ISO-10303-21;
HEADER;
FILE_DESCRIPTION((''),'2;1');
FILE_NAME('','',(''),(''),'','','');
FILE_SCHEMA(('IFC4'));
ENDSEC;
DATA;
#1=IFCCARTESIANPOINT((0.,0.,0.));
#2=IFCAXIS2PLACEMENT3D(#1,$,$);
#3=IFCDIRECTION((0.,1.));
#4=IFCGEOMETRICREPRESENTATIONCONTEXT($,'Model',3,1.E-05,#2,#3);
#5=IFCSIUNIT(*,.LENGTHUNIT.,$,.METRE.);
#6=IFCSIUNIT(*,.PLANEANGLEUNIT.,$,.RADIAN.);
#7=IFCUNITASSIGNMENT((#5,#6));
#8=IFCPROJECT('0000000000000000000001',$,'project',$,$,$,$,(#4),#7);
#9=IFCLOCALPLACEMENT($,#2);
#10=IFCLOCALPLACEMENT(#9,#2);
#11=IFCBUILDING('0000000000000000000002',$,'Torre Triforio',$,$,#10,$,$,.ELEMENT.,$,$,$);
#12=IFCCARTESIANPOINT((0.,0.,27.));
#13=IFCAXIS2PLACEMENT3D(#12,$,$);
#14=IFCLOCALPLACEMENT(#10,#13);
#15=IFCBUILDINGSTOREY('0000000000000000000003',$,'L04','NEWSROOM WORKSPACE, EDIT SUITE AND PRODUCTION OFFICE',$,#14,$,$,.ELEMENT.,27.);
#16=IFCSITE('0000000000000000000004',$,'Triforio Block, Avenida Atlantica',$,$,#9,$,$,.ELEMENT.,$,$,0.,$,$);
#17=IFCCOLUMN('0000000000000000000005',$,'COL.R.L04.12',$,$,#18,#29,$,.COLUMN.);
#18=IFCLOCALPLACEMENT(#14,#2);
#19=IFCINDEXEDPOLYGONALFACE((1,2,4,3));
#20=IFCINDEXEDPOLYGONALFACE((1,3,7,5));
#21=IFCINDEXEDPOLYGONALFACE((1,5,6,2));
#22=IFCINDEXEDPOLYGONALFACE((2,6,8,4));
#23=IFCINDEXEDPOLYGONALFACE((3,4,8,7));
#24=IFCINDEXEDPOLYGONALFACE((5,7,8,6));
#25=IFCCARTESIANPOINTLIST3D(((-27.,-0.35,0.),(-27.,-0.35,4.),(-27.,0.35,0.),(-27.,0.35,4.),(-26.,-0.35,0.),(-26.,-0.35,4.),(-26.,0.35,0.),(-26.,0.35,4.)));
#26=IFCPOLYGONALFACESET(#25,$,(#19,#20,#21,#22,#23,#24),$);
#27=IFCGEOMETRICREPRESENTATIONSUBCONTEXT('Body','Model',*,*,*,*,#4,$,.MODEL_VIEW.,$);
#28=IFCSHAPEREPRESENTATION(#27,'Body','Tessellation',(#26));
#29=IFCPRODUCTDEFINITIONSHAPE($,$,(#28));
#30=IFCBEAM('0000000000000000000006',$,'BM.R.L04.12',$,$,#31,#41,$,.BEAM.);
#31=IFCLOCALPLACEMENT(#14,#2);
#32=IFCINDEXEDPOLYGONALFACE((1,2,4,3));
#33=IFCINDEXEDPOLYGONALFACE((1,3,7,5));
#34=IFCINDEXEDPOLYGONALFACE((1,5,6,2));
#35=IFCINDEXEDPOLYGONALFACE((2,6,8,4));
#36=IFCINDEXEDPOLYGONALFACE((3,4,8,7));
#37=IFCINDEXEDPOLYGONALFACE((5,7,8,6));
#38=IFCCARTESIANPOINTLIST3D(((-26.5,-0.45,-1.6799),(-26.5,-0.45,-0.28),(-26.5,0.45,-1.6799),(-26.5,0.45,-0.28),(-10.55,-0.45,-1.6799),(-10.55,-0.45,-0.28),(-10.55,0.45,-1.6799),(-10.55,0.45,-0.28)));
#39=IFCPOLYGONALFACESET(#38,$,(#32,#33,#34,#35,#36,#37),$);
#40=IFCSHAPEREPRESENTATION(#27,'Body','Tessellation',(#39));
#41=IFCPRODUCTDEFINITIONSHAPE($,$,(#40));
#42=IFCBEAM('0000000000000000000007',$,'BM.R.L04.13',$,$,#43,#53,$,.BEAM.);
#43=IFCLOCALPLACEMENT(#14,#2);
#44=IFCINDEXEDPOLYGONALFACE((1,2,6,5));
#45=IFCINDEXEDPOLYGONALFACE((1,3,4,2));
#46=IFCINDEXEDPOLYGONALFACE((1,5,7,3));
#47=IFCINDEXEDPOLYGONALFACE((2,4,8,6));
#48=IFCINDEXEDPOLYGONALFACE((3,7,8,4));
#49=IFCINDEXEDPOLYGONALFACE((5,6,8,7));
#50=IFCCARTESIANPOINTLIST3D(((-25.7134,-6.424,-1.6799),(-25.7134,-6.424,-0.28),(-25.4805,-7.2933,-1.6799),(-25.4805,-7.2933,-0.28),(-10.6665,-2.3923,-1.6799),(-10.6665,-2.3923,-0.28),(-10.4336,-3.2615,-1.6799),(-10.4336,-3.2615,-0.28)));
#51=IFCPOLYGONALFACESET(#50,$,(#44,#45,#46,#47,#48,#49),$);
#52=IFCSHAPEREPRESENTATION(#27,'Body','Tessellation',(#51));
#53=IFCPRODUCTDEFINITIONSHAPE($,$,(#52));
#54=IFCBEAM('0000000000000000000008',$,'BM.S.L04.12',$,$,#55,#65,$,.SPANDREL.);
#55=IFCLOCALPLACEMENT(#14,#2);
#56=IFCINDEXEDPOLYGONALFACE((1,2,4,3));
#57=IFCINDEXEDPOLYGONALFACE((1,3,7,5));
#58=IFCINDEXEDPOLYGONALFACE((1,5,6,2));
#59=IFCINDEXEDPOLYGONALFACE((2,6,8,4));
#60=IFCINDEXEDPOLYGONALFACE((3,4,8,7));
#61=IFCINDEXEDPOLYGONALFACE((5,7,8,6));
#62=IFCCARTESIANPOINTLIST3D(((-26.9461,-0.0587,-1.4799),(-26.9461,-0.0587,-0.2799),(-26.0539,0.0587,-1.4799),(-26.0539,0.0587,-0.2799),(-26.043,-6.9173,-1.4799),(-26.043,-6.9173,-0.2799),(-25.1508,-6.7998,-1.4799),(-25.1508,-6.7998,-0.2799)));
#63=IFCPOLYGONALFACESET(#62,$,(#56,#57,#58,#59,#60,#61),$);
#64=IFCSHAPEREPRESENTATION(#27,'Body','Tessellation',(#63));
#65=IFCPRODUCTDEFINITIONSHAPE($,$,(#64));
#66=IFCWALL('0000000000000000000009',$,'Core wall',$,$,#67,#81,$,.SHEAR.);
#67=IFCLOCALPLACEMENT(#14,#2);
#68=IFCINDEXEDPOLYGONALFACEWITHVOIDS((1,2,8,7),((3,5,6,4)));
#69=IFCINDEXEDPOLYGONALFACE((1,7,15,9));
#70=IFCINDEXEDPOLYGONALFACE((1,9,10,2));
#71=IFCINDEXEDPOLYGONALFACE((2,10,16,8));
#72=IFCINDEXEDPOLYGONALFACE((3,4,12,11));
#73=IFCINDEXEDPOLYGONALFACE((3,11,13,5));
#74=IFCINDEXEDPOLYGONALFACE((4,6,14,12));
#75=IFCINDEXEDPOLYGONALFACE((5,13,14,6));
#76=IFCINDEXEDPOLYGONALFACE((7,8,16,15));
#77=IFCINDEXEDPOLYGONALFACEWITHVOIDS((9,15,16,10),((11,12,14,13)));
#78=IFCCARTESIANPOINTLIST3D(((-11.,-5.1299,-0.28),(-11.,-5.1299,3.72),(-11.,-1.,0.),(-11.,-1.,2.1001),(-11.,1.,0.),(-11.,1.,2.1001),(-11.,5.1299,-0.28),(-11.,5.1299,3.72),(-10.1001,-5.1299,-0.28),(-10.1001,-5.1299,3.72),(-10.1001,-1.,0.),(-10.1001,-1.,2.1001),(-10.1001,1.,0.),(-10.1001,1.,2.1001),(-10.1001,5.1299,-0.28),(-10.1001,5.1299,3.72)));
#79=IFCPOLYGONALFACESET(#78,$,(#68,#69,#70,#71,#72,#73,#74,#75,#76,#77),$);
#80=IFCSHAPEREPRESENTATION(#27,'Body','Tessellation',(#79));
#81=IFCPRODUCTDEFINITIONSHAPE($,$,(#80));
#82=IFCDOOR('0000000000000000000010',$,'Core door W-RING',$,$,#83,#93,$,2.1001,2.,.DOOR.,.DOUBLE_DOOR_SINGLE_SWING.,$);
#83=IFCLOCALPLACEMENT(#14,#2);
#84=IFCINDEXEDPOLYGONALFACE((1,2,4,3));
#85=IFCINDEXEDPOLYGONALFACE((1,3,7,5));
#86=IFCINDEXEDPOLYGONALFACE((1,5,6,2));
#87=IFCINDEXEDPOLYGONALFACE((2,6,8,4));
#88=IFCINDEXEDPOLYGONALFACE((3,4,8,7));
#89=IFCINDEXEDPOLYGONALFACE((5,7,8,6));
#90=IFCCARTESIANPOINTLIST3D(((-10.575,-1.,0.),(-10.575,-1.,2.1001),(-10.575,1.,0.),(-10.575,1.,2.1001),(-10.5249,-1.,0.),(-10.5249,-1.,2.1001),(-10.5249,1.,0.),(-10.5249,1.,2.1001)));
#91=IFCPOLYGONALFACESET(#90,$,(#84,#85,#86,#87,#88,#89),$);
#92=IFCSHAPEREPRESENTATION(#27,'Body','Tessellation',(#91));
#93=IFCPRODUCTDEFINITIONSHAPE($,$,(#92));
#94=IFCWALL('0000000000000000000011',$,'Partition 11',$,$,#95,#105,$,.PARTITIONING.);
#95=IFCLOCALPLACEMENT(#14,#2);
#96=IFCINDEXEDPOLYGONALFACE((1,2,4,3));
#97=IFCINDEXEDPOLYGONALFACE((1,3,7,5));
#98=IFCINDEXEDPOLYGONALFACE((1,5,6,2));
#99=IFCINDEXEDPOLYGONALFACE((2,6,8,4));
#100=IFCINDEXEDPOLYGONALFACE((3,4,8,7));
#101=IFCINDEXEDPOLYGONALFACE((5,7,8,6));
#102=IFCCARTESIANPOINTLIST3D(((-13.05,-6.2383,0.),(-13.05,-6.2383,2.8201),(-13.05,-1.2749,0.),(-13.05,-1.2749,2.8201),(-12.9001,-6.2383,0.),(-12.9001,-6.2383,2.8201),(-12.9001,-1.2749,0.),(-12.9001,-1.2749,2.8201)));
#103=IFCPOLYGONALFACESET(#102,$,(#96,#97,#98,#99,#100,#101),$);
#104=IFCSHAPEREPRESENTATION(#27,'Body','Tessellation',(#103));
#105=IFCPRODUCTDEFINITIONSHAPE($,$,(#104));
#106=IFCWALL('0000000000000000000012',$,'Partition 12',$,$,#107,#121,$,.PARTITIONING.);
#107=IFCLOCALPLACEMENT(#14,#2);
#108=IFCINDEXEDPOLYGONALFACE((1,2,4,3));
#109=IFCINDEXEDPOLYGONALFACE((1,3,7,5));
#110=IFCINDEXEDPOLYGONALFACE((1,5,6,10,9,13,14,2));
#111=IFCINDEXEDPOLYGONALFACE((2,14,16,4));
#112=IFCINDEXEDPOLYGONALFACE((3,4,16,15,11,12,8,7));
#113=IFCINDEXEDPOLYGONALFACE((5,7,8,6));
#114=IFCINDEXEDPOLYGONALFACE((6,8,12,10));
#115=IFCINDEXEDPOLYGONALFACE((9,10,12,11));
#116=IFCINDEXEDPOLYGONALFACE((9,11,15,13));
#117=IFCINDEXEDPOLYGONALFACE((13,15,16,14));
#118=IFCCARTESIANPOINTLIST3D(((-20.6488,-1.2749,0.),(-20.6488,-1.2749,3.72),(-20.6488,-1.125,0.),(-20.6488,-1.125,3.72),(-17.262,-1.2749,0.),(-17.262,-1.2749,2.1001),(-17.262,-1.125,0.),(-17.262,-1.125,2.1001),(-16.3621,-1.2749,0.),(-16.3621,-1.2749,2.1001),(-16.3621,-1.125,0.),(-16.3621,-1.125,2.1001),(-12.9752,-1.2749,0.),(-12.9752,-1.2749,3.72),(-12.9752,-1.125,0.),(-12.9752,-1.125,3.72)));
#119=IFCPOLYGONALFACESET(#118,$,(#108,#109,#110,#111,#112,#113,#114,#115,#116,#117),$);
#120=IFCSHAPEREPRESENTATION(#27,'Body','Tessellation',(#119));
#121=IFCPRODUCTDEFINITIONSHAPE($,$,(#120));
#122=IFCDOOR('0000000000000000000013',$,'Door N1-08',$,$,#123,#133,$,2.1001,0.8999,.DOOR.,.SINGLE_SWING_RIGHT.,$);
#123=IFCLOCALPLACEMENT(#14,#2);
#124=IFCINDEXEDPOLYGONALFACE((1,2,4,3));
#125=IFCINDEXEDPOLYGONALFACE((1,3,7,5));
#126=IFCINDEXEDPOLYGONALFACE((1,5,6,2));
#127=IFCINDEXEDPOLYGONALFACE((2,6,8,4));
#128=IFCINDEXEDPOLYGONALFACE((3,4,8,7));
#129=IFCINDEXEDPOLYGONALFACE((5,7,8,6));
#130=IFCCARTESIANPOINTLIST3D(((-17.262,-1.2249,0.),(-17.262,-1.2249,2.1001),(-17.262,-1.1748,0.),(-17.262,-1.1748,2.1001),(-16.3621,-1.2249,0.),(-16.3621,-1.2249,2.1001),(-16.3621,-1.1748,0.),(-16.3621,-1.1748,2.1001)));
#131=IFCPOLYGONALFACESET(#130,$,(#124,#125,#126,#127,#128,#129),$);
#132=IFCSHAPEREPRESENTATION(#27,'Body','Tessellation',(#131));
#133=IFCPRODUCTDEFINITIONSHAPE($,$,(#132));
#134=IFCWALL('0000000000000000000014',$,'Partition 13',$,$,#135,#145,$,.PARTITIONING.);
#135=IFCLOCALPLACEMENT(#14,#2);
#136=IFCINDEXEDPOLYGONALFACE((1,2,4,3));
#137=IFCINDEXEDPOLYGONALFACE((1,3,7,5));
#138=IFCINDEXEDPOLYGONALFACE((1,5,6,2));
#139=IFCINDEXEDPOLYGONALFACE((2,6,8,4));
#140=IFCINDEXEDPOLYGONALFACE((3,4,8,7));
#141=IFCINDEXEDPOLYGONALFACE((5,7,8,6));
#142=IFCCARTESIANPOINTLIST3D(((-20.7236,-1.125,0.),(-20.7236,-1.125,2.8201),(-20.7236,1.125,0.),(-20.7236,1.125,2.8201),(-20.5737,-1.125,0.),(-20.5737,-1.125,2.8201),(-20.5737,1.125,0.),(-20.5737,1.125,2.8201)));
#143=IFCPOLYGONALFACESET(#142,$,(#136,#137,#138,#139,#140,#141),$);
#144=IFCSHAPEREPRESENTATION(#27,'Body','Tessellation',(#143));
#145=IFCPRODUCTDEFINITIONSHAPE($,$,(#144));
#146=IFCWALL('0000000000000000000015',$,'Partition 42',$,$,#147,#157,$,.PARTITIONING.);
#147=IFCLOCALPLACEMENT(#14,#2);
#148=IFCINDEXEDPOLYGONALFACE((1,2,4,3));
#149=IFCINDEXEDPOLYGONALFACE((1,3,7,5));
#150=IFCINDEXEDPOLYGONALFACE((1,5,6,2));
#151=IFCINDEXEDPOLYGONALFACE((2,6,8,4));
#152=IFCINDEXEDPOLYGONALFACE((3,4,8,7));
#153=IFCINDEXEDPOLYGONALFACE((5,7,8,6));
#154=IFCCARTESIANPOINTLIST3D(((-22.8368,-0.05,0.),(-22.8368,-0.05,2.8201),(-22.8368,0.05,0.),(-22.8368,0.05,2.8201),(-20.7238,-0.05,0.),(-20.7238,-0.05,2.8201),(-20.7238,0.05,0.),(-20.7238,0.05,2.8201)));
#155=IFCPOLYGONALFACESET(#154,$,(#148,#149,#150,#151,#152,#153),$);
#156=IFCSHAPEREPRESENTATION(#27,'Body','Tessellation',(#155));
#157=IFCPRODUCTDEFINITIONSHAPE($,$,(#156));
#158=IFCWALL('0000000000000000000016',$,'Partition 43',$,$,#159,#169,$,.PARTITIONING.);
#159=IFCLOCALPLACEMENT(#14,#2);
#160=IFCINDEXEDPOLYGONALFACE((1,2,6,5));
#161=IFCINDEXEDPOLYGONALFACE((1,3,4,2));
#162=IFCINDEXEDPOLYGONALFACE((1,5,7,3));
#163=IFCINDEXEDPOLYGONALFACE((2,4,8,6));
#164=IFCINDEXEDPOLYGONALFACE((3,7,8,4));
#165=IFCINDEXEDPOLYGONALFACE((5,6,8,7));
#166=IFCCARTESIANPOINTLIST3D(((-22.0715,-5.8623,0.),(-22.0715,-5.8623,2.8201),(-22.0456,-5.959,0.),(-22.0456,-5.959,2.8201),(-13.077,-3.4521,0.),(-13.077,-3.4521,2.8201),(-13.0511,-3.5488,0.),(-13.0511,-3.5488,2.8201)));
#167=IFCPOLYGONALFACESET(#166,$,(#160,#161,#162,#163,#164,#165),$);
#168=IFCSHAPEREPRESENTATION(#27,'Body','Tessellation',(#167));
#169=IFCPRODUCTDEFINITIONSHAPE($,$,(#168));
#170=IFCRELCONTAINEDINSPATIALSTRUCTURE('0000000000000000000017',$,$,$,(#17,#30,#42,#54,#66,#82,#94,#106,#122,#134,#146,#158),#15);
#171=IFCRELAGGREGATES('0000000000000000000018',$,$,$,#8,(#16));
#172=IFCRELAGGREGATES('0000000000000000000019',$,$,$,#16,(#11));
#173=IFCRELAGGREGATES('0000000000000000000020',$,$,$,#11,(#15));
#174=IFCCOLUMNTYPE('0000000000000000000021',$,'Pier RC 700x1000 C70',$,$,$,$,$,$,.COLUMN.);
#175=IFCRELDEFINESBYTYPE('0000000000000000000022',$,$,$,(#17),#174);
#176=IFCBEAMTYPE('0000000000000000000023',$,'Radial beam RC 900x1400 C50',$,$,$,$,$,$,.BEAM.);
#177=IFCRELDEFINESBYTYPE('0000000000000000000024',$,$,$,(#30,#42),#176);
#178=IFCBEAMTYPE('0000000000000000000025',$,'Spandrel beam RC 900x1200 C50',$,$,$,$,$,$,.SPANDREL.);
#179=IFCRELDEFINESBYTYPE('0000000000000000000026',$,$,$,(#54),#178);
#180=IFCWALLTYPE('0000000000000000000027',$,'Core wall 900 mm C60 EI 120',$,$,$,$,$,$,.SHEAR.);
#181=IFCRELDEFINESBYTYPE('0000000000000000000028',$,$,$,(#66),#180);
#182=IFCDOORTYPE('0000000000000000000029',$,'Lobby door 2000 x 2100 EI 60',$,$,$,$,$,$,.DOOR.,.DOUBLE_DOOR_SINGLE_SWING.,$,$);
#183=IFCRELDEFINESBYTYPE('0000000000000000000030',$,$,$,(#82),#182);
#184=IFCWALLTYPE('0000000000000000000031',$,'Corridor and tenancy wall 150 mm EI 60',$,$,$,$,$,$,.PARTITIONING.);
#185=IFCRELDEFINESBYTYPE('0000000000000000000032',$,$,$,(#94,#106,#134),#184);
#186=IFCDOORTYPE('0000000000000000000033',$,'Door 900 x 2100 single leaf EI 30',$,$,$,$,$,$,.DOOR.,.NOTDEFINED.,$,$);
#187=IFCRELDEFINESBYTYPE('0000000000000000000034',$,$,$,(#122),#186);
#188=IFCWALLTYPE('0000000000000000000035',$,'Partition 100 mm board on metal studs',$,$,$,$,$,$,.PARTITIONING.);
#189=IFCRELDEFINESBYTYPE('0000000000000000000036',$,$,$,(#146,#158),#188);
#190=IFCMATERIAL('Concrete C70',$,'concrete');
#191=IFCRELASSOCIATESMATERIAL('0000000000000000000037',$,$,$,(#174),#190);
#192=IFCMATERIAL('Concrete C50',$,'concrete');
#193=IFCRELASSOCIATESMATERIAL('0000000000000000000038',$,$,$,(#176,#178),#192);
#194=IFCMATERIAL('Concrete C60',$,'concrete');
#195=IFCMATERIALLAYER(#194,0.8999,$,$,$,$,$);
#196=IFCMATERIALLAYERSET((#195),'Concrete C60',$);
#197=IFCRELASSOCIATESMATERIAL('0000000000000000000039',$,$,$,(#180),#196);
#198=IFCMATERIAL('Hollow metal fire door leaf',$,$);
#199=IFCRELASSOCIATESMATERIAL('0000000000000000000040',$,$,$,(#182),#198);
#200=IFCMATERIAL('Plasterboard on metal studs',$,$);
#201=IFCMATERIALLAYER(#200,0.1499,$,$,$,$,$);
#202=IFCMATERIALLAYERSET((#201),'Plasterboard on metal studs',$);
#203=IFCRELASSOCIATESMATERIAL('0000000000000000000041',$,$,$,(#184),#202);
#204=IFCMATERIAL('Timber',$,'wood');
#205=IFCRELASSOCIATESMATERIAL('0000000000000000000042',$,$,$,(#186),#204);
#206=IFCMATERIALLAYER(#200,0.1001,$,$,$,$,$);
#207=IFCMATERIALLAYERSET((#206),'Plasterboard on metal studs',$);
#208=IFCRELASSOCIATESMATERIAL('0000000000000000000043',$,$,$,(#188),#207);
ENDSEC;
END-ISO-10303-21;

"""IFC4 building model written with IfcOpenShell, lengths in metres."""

from ifc_helpers import new_model, si_unit, direction, frame, frame_2d, origin, origin_2d, place, context, subcontext, project, spatial, rectangle, extrude, material, layer, layer_set, material_profile, profile_set, type_object, element, fill, save


model = new_model("IFC4")

# Units and contexts
model_context = context("Model", 3, precision=1e-05, world=origin(), true_north=direction((0.0, 1.0)))
body_context = subcontext(model_context, "Body", "Model", "MODEL_VIEW")
ifc_project = project(units=[si_unit("LENGTHUNIT", "METRE"), si_unit("PLANEANGLEUNIT", "RADIAN")], contexts=[model_context])

# Site, building, storey
site_placement = place(None, origin())
site = spatial("IfcSite", under=ifc_project, at=site_placement, Name="Triforio Block, Avenida Atlantica", CompositionType="ELEMENT", RefElevation=0.0)
building_placement = place(site_placement, origin())
building = spatial("IfcBuilding", under=site, at=building_placement, Name="Torre Triforio", CompositionType="ELEMENT")
storey_placement = place(building_placement, frame((0.0, 0.0, 27.0)))
storey = spatial("IfcBuildingStorey", under=building, at=storey_placement, Name="L04", Description="NEWSROOM WORKSPACE, EDIT SUITE AND PRODUCTION OFFICE", CompositionType="ELEMENT", Elevation=27.0)

# Column
ifc_material_1 = material(Name="Concrete C70", Category="concrete")
ifc_material_profile_1 = material_profile(ifc_material_1, rectangle(XDim=0.7, YDim=1.0, at=origin_2d()), Name="RC 700x1000")
ifc_profile_set_1 = profile_set([ifc_material_profile_1], Name="Concrete C70")
column_type = type_object("IfcColumnType", Name="Pier RC 700x1000 C70", PredefinedType="COLUMN", material=ifc_profile_set_1)
column_placement = place(storey_placement, frame((-26.5, 0.0, 0.0), z_axis=(0.0, 0.0, 1.0), x_axis=(0.0, -1.0, 0.0)))
element("IfcColumn", 1, at=column_placement, inside=storey, type_object=column_type, Name="COL.R.L04.12", PredefinedType="COLUMN", context=body_context, shape_type="SweptSolid", body=[
    extrude(rectangle(XDim=0.7, YDim=1.0, at=origin_2d()), origin(), (0.0, 0.0, 1.0), 4.0),
])

# Beams
ifc_material_2 = material(Name="Concrete C50", Category="concrete")
ifc_material_profile_2 = material_profile(ifc_material_2, rectangle(XDim=0.8999, YDim=1.3999, at=origin_2d()), Name="RC 900x1400")
ifc_profile_set_2 = profile_set([ifc_material_profile_2], Name="Concrete C50")
beam_type_1 = type_object("IfcBeamType", Name="Radial beam RC 900x1400 C50", PredefinedType="BEAM", material=ifc_profile_set_2)
beam_1_placement = place(storey_placement, frame((-10.55, 0.0, -0.98), z_axis=(-1.0, 0.0, 0.0), x_axis=(0.0, -1.0, 0.0)))
element("IfcBeam", 2, at=beam_1_placement, inside=storey, type_object=beam_type_1, Name="BM.R.L04.12", PredefinedType="BEAM", context=body_context, shape_type="SweptSolid", body=[
    extrude(rectangle(XDim=0.8999, YDim=1.3999, at=origin_2d()), origin(), (0.0, 0.0, 1.0), 15.95),
])
beam_2_placement = place(storey_placement, frame((-10.55, -2.8269, -0.98), z_axis=(-0.965927, -0.258815, 0.0), x_axis=(0.258815, -0.965927, 0.0)))
element("IfcBeam", 3, at=beam_2_placement, inside=storey, type_object=beam_type_1, Name="BM.R.L04.13", PredefinedType="BEAM", context=body_context, shape_type="SweptSolid", body=[
    extrude(rectangle(XDim=0.8999, YDim=1.3999, at=origin_2d()), origin(), (0.0, 0.0, 1.0), 15.5776),
])
ifc_material_profile_3 = material_profile(ifc_material_2, rectangle(XDim=0.8999, YDim=1.2, at=origin_2d()), Name="RC 900x1200")
ifc_profile_set_3 = profile_set([ifc_material_profile_3], Name="Concrete C50")
beam_type_2 = type_object("IfcBeamType", Name="Spandrel beam RC 900x1200 C50", PredefinedType="SPANDREL", material=ifc_profile_set_3)
beam_3_placement = place(storey_placement, frame((-26.5, 0.0, -0.8799), z_axis=(0.130543, -0.991443, 0.0), x_axis=(0.991443, 0.130543, 0.0)))
element("IfcBeam", 4, at=beam_3_placement, inside=storey, type_object=beam_type_2, Name="BM.S.L04.12", PredefinedType="SPANDREL", context=body_context, shape_type="SweptSolid", body=[
    extrude(rectangle(XDim=0.8999, YDim=1.2, at=origin_2d()), origin(), (0.0, 0.0, 1.0), 6.9177),
])

# Wall, opening, door
ifc_material_3 = material(Name="Concrete C60", Category="concrete")
ifc_layer_1 = layer(ifc_material_3, 0.8999)
ifc_layer_set_1 = layer_set([ifc_layer_1], Name="Concrete C60")
wall_type_1 = type_object("IfcWallType", Name="Core wall 900 mm C60 EI 120", PredefinedType="SHEAR", material=ifc_layer_set_1)
wall_1_placement = place(storey_placement, frame((-10.55, -5.1299, -0.28), z_axis=(0.0, 0.0, 1.0), x_axis=(0.0, 1.0, 0.0)))
wall_1 = element("IfcWall", 5, at=wall_1_placement, inside=storey, type_object=wall_type_1, Name="Core wall", PredefinedType="SHEAR", context=body_context, shape_type="SweptSolid", body=[
    extrude(rectangle(XDim=10.2598, YDim=0.8999, at=frame_2d((5.1299, 0.0))), origin(), (0.0, 0.0, 1.0), 4.0),
])
opening_1_placement = place(wall_1_placement, frame((4.1299, 0.0, 0.28)))
opening_1 = element("IfcOpeningElement", 6, at=opening_1_placement, cuts=wall_1, PredefinedType="OPENING", context=body_context, shape_type="SweptSolid", body=[
    extrude(rectangle(XDim=2.0, YDim=2.1001, at=frame_2d((1.0, 1.05))), frame((0.0, 0.46, 0.0), z_axis=(0.0, -1.0, 0.0), x_axis=(1.0, 0.0, 0.0)), (0.0, 0.0, 1.0), 0.9199),
])
ifc_material_4 = material(Name="Hollow metal fire door leaf")
door_type_1 = type_object("IfcDoorType", Name="Lobby door 2000 x 2100 EI 60", OperationType="DOUBLE_DOOR_SINGLE_SWING", PredefinedType="DOOR", material=ifc_material_4)
door_1_placement = place(opening_1_placement, origin())
door_1 = element("IfcDoor", 7, at=door_1_placement, inside=storey, type_object=door_type_1, Name="Core door W-RING", OperationType="DOUBLE_DOOR_SINGLE_SWING", OverallHeight=2.1001, OverallWidth=2.0, PredefinedType="DOOR", context=body_context, shape_type="SweptSolid", body=[
    extrude(rectangle(XDim=2.0, YDim=2.1001, at=frame_2d((1.0, 1.05))), frame((0.0, 0.0249, 0.0), z_axis=(0.0, -1.0, 0.0), x_axis=(1.0, 0.0, 0.0)), (0.0, 0.0, 1.0), 0.05),
])
fill(opening_1, door_1)

# Wall
ifc_material_5 = material(Name="Plasterboard on metal studs")
ifc_layer_2 = layer(ifc_material_5, 0.1499)
ifc_layer_set_2 = layer_set([ifc_layer_2], Name="Plasterboard on metal studs")
wall_type_2 = type_object("IfcWallType", Name="Corridor and tenancy wall 150 mm EI 60", PredefinedType="PARTITIONING", material=ifc_layer_set_2)
wall_2_placement = place(storey_placement, frame((-12.9751, -6.2383, 0.0), z_axis=(0.0, 0.0, 1.0), x_axis=(0.0, 1.0, 0.0)))
element("IfcWall", 8, at=wall_2_placement, inside=storey, type_object=wall_type_2, Name="Partition 11", PredefinedType="PARTITIONING", context=body_context, shape_type="SweptSolid", body=[
    extrude(rectangle(XDim=4.9634, YDim=0.1499, at=frame_2d((2.4817, 0.0))), origin(), (0.0, 0.0, 1.0), 2.8201),
])

# Wall, opening, door
wall_3_placement = place(storey_placement, frame((-12.9751, -1.2, 0.0), z_axis=(0.0, 0.0, 1.0), x_axis=(-1.0, 0.0, 0.0)))
wall_3 = element("IfcWall", 9, at=wall_3_placement, inside=storey, type_object=wall_type_2, Name="Partition 12", PredefinedType="PARTITIONING", context=body_context, shape_type="SweptSolid", body=[
    extrude(rectangle(XDim=7.6736, YDim=0.1499, at=frame_2d((3.8369, 0.0))), origin(), (0.0, 0.0, 1.0), 3.72),
])
opening_2_placement = place(wall_3_placement, frame((3.387, 0.0, 0.0)))
opening_2 = element("IfcOpeningElement", 10, at=opening_2_placement, cuts=wall_3, PredefinedType="OPENING", context=body_context, shape_type="SweptSolid", body=[
    extrude(rectangle(XDim=0.8999, YDim=2.1001, at=frame_2d((0.45, 1.05))), frame((0.0, 0.085, 0.0), z_axis=(0.0, -1.0, 0.0), x_axis=(1.0, 0.0, 0.0)), (0.0, 0.0, 1.0), 0.1699),
])
ifc_material_6 = material(Name="Timber", Category="wood")
door_type_2 = type_object("IfcDoorType", Name="Door 900 x 2100 single leaf EI 30", OperationType="NOTDEFINED", PredefinedType="DOOR", material=ifc_material_6)
door_2_placement = place(opening_2_placement, origin())
door_2 = element("IfcDoor", 11, at=door_2_placement, inside=storey, type_object=door_type_2, Name="Door N1-08", OperationType="SINGLE_SWING_RIGHT", OverallHeight=2.1001, OverallWidth=0.8999, PredefinedType="DOOR", context=body_context, shape_type="SweptSolid", body=[
    extrude(rectangle(XDim=0.8999, YDim=2.1001, at=frame_2d((0.45, 1.05))), frame((0.0, 0.0249, 0.0), z_axis=(0.0, -1.0, 0.0), x_axis=(1.0, 0.0, 0.0)), (0.0, 0.0, 1.0), 0.05),
])
fill(opening_2, door_2)

# Walls
wall_4_placement = place(storey_placement, frame((-20.6487, -1.125, 0.0), z_axis=(0.0, 0.0, 1.0), x_axis=(0.0, 1.0, 0.0)))
element("IfcWall", 12, at=wall_4_placement, inside=storey, type_object=wall_type_2, Name="Partition 13", PredefinedType="PARTITIONING", context=body_context, shape_type="SweptSolid", body=[
    extrude(rectangle(XDim=2.25, YDim=0.1499, at=frame_2d((1.125, 0.0))), origin(), (0.0, 0.0, 1.0), 2.8201),
])
ifc_layer_3 = layer(ifc_material_5, 0.1001)
ifc_layer_set_3 = layer_set([ifc_layer_3], Name="Plasterboard on metal studs")
wall_type_3 = type_object("IfcWallType", Name="Partition 100 mm board on metal studs", PredefinedType="PARTITIONING", material=ifc_layer_set_3)
wall_5_placement = place(storey_placement, frame((-20.7236, 0.0, 0.0), z_axis=(0.0, 0.0, 1.0), x_axis=(-1.0, 0.0, 0.0)))
element("IfcWall", 13, at=wall_5_placement, inside=storey, type_object=wall_type_3, Name="Partition 42", PredefinedType="PARTITIONING", context=body_context, shape_type="SweptSolid", body=[
    extrude(rectangle(XDim=2.113, YDim=0.1001, at=frame_2d((1.0566, 0.0))), origin(), (0.0, 0.0, 1.0), 2.8201),
])
wall_6_placement = place(storey_placement, frame((-13.0642, -3.5005, 0.0), z_axis=(0.0, 0.0, 1.0), x_axis=(-0.965923, -0.258831, 0.0)))
element("IfcWall", 14, at=wall_6_placement, inside=storey, type_object=wall_type_3, Name="Partition 43", PredefinedType="PARTITIONING", context=body_context, shape_type="SweptSolid", body=[
    extrude(rectangle(XDim=9.3118, YDim=0.1001, at=frame_2d((4.6558, 0.0))), origin(), (0.0, 0.0, 1.0), 2.8201),
])

save(model, "model.ifc")
